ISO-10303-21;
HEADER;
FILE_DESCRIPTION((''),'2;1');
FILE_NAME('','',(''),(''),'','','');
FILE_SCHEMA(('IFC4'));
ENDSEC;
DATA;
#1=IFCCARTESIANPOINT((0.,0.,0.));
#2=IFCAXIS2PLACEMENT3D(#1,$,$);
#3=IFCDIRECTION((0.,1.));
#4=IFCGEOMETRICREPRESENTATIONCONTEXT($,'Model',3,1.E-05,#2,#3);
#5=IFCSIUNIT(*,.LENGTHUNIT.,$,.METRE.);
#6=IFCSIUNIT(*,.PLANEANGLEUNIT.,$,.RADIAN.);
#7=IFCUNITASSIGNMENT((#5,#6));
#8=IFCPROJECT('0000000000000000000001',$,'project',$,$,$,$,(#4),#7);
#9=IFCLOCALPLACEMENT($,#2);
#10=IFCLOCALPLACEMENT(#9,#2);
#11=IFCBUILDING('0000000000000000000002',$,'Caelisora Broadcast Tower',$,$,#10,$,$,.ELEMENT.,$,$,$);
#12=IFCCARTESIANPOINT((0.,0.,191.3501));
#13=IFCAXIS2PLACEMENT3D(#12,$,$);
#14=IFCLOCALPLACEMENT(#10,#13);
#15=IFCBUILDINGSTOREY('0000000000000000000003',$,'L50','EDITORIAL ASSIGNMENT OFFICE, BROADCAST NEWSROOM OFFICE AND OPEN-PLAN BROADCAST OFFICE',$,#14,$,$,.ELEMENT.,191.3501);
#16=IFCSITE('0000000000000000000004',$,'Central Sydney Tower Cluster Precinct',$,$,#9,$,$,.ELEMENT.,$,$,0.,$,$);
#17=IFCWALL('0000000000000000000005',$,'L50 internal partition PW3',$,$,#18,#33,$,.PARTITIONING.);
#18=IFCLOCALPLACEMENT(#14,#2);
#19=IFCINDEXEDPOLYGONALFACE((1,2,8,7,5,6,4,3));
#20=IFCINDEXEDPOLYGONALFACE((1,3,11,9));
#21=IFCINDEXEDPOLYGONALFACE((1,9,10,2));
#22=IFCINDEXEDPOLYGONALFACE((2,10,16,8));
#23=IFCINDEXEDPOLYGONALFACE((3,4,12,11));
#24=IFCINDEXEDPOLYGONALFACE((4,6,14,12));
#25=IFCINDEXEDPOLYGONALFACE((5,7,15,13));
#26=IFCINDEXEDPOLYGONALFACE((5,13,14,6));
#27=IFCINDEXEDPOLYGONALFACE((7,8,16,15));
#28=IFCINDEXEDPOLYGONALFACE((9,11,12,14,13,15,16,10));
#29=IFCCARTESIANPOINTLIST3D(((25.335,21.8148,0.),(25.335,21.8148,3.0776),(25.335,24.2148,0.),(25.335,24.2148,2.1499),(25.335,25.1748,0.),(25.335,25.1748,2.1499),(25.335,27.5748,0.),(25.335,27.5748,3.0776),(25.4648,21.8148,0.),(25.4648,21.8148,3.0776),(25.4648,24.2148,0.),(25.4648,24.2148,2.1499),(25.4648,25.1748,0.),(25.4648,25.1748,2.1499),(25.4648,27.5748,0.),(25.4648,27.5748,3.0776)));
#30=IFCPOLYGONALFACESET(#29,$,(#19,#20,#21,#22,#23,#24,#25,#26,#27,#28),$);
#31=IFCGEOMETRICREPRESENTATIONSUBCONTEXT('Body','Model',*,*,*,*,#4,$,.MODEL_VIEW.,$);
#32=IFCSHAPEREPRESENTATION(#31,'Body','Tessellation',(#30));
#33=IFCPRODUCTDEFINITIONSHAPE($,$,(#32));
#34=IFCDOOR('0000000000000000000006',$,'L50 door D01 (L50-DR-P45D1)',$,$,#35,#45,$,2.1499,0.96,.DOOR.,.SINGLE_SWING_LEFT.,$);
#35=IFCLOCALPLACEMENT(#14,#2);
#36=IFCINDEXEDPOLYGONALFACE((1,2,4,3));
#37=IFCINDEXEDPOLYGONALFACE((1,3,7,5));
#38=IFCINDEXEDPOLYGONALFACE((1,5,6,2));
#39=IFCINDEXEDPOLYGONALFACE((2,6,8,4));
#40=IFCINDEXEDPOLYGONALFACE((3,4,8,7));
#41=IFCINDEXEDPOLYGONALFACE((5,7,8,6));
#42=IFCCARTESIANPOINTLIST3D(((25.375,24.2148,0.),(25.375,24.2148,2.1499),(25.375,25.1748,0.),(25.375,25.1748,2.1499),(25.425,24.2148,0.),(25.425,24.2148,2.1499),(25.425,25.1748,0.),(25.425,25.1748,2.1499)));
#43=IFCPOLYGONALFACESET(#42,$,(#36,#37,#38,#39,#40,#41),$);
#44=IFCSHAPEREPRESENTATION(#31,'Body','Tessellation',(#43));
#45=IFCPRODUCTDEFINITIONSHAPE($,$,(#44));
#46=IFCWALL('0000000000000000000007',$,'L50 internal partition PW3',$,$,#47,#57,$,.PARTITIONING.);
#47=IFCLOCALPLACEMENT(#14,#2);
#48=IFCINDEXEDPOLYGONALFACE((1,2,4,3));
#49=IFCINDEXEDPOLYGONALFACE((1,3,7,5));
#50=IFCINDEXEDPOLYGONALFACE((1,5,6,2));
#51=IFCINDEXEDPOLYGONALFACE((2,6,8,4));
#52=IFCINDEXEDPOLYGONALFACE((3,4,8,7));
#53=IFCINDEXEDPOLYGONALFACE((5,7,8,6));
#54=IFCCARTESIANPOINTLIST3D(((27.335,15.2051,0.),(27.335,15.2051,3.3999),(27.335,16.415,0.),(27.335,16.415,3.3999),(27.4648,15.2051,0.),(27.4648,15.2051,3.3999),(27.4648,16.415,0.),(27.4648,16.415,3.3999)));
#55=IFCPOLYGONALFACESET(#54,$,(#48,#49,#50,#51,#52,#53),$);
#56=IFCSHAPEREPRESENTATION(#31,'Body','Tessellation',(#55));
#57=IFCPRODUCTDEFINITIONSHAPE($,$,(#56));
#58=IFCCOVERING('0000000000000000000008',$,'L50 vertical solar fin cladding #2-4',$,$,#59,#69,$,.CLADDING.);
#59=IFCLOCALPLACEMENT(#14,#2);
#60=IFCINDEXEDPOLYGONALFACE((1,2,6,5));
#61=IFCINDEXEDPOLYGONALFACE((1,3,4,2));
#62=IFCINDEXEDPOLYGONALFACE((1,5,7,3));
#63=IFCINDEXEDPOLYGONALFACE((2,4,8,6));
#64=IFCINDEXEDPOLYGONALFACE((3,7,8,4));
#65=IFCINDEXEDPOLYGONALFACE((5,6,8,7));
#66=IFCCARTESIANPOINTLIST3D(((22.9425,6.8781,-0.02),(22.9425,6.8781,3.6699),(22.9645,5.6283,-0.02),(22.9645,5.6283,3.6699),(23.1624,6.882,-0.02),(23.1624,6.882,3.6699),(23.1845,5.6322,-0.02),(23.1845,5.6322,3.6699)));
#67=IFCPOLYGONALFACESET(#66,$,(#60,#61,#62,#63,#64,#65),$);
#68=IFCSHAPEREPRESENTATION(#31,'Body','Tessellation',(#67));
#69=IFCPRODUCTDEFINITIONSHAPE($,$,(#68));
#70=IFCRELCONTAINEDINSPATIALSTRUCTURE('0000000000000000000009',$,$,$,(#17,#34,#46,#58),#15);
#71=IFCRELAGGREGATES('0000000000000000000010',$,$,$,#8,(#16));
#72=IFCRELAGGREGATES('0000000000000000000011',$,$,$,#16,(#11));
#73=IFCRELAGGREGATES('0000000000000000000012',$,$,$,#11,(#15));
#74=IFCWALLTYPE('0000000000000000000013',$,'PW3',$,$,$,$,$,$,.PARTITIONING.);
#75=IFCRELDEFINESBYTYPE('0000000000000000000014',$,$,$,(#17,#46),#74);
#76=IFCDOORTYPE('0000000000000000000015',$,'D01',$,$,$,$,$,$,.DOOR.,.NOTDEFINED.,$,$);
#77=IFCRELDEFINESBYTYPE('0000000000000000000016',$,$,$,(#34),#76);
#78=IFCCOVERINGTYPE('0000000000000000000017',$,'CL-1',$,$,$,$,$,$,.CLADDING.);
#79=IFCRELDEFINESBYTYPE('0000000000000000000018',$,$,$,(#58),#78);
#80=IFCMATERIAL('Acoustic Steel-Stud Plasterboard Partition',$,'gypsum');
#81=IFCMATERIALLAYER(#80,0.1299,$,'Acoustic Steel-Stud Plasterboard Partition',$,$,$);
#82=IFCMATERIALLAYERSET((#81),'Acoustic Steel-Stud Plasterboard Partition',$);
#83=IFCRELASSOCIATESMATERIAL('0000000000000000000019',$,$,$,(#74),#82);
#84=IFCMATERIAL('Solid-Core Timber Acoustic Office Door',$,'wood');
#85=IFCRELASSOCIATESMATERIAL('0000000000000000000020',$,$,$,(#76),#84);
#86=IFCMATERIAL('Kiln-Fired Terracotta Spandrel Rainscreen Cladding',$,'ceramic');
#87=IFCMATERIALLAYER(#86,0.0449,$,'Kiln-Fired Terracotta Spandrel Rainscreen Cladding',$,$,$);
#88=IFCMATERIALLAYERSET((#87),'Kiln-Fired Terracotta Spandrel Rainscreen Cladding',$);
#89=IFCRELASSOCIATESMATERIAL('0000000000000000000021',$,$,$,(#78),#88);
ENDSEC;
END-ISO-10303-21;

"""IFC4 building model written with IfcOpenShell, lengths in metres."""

from ifc_helpers import new_model, si_unit, direction, frame, frame_2d, origin, origin_2d, place, context, subcontext, project, spatial, rectangle, extrude, source, transform, mapped, material, layer, layer_set, type_object, type_shapes, element, fill, save


model = new_model("IFC4")

# Units and contexts
model_context = context("Model", 3, precision=1e-05, world=origin(), true_north=direction((0.0, 1.0)))
body_context = subcontext(model_context, "Body", "Model", "MODEL_VIEW")
ifc_project = project(units=[si_unit("LENGTHUNIT", "METRE"), si_unit("PLANEANGLEUNIT", "RADIAN")], contexts=[model_context])

# Site, building, storey
site_placement = place(None, origin())
site = spatial("IfcSite", under=ifc_project, at=site_placement, Name="Central Sydney Tower Cluster Precinct", CompositionType="ELEMENT", RefElevation=0.0)
building_placement = place(site_placement, origin())
building = spatial("IfcBuilding", under=site, at=building_placement, Name="Caelisora Broadcast Tower", CompositionType="ELEMENT")
storey_placement = place(building_placement, frame((0.0, 0.0, 191.3501)))
storey = spatial("IfcBuildingStorey", under=building, at=storey_placement, Name="L50", Description="EDITORIAL ASSIGNMENT OFFICE, BROADCAST NEWSROOM OFFICE AND OPEN-PLAN BROADCAST OFFICE", CompositionType="ELEMENT", Elevation=191.3501)

# Wall, opening, door
ifc_material_1 = material(Name="Acoustic Steel-Stud Plasterboard Partition", Category="gypsum")
ifc_layer_1 = layer(ifc_material_1, 0.1299, Name="Acoustic Steel-Stud Plasterboard Partition")
ifc_layer_set_1 = layer_set([ifc_layer_1], Name="Acoustic Steel-Stud Plasterboard Partition")
wall_type = type_object("IfcWallType", Name="PW3", PredefinedType="PARTITIONING", material=ifc_layer_set_1)
ifc_material_2 = material(Name="Solid-Core Timber Acoustic Office Door", Category="wood")
door_type = type_object("IfcDoorType", Name="D01", OperationType="NOTDEFINED", PredefinedType="DOOR", material=ifc_material_2)
wall_1_placement = place(storey_placement, frame((25.3999, 21.8149, 0.0), z_axis=(0.0, 0.0, 1.0), x_axis=(0.0, 1.0, 0.0)))
wall_1 = element("IfcWall", 1, at=wall_1_placement, inside=storey, type_object=wall_type, Name="L50 internal partition PW3", PredefinedType="PARTITIONING", context=body_context, shape_type="SweptSolid", body=[
    extrude(rectangle(XDim=5.76, YDim=0.1299, at=frame_2d((2.8799, 0.0))), origin(), (0.0, 0.0, 1.0), 3.0776),
])
opening_1_placement = place(wall_1_placement, frame((2.3999, 0.0, 0.0)))
opening_1 = element("IfcOpeningElement", 2, at=opening_1_placement, cuts=wall_1, PredefinedType="OPENING", context=body_context, shape_type="SweptSolid", body=[
    extrude(rectangle(XDim=0.96, YDim=2.1499, at=frame_2d((0.48, 1.075))), frame((0.0, 0.0769, 0.0), z_axis=(0.0, -1.0, 0.0), x_axis=(1.0, 0.0, 0.0)), (0.0, 0.0, 1.0), 0.1538),
])
door_1_placement = place(opening_1_placement, origin())
door_1 = element("IfcDoor", 3, at=door_1_placement, inside=storey, type_object=door_type, Name="L50 door D01 (L50-DR-P45D1)", OperationType="SINGLE_SWING_LEFT", OverallHeight=2.1499, OverallWidth=0.96, PredefinedType="DOOR", context=body_context, shape_type="SweptSolid", body=[
    extrude(rectangle(XDim=0.96, YDim=2.1499, at=frame_2d((0.48, 1.075))), frame((0.0, 0.0249, 0.0), z_axis=(0.0, -1.0, 0.0), x_axis=(1.0, 0.0, 0.0)), (0.0, 0.0, 1.0), 0.05),
])
fill(opening_1, door_1)

# Wall
wall_2_placement = place(storey_placement, frame((27.3999, 15.2051, 0.0), z_axis=(0.0, 0.0, 1.0), x_axis=(0.0, 1.0, 0.0)))
element("IfcWall", 4, at=wall_2_placement, inside=storey, type_object=wall_type, Name="L50 internal partition PW3", PredefinedType="PARTITIONING", context=body_context, shape_type="SweptSolid", body=[
    extrude(rectangle(XDim=1.21, YDim=0.1299, at=frame_2d((0.605, 0.0))), origin(), (0.0, 0.0, 1.0), 3.3999),
])

# Covering
ifc_material_3 = material(Name="Kiln-Fired Terracotta Spandrel Rainscreen Cladding", Category="ceramic")
ifc_layer_2 = layer(ifc_material_3, 0.0449, Name="Kiln-Fired Terracotta Spandrel Rainscreen Cladding")
ifc_layer_set_2 = layer_set([ifc_layer_2], Name="Kiln-Fired Terracotta Spandrel Rainscreen Cladding")
covering_type = type_object("IfcCoveringType", Name="CL-1", PredefinedType="CLADDING", material=ifc_layer_set_2)
shared_shape_1 = source(origin(), body_context, "Body", "SweptSolid", [
    extrude(rectangle(XDim=0.22, YDim=1.25, at=origin_2d()), origin(), (0.0, 0.0, 1.0), 3.6899),
])
type_shapes(covering_type, [shared_shape_1])
covering_placement = place(storey_placement, frame((23.0635, 6.2551, -0.02), z_axis=(0.0, 0.0, 1.0), x_axis=(-0.999845, -0.017627, 0.0)))
element("IfcCovering", 5, at=covering_placement, inside=storey, type_object=covering_type, Name="L50 vertical solar fin cladding #2-4", PredefinedType="CLADDING", context=body_context, shape_type="MappedRepresentation", body=[
    mapped(shared_shape_1, transform((0.0, 0.0, 0.0), scale=1.0)),
])

save(model, "model.ifc")
